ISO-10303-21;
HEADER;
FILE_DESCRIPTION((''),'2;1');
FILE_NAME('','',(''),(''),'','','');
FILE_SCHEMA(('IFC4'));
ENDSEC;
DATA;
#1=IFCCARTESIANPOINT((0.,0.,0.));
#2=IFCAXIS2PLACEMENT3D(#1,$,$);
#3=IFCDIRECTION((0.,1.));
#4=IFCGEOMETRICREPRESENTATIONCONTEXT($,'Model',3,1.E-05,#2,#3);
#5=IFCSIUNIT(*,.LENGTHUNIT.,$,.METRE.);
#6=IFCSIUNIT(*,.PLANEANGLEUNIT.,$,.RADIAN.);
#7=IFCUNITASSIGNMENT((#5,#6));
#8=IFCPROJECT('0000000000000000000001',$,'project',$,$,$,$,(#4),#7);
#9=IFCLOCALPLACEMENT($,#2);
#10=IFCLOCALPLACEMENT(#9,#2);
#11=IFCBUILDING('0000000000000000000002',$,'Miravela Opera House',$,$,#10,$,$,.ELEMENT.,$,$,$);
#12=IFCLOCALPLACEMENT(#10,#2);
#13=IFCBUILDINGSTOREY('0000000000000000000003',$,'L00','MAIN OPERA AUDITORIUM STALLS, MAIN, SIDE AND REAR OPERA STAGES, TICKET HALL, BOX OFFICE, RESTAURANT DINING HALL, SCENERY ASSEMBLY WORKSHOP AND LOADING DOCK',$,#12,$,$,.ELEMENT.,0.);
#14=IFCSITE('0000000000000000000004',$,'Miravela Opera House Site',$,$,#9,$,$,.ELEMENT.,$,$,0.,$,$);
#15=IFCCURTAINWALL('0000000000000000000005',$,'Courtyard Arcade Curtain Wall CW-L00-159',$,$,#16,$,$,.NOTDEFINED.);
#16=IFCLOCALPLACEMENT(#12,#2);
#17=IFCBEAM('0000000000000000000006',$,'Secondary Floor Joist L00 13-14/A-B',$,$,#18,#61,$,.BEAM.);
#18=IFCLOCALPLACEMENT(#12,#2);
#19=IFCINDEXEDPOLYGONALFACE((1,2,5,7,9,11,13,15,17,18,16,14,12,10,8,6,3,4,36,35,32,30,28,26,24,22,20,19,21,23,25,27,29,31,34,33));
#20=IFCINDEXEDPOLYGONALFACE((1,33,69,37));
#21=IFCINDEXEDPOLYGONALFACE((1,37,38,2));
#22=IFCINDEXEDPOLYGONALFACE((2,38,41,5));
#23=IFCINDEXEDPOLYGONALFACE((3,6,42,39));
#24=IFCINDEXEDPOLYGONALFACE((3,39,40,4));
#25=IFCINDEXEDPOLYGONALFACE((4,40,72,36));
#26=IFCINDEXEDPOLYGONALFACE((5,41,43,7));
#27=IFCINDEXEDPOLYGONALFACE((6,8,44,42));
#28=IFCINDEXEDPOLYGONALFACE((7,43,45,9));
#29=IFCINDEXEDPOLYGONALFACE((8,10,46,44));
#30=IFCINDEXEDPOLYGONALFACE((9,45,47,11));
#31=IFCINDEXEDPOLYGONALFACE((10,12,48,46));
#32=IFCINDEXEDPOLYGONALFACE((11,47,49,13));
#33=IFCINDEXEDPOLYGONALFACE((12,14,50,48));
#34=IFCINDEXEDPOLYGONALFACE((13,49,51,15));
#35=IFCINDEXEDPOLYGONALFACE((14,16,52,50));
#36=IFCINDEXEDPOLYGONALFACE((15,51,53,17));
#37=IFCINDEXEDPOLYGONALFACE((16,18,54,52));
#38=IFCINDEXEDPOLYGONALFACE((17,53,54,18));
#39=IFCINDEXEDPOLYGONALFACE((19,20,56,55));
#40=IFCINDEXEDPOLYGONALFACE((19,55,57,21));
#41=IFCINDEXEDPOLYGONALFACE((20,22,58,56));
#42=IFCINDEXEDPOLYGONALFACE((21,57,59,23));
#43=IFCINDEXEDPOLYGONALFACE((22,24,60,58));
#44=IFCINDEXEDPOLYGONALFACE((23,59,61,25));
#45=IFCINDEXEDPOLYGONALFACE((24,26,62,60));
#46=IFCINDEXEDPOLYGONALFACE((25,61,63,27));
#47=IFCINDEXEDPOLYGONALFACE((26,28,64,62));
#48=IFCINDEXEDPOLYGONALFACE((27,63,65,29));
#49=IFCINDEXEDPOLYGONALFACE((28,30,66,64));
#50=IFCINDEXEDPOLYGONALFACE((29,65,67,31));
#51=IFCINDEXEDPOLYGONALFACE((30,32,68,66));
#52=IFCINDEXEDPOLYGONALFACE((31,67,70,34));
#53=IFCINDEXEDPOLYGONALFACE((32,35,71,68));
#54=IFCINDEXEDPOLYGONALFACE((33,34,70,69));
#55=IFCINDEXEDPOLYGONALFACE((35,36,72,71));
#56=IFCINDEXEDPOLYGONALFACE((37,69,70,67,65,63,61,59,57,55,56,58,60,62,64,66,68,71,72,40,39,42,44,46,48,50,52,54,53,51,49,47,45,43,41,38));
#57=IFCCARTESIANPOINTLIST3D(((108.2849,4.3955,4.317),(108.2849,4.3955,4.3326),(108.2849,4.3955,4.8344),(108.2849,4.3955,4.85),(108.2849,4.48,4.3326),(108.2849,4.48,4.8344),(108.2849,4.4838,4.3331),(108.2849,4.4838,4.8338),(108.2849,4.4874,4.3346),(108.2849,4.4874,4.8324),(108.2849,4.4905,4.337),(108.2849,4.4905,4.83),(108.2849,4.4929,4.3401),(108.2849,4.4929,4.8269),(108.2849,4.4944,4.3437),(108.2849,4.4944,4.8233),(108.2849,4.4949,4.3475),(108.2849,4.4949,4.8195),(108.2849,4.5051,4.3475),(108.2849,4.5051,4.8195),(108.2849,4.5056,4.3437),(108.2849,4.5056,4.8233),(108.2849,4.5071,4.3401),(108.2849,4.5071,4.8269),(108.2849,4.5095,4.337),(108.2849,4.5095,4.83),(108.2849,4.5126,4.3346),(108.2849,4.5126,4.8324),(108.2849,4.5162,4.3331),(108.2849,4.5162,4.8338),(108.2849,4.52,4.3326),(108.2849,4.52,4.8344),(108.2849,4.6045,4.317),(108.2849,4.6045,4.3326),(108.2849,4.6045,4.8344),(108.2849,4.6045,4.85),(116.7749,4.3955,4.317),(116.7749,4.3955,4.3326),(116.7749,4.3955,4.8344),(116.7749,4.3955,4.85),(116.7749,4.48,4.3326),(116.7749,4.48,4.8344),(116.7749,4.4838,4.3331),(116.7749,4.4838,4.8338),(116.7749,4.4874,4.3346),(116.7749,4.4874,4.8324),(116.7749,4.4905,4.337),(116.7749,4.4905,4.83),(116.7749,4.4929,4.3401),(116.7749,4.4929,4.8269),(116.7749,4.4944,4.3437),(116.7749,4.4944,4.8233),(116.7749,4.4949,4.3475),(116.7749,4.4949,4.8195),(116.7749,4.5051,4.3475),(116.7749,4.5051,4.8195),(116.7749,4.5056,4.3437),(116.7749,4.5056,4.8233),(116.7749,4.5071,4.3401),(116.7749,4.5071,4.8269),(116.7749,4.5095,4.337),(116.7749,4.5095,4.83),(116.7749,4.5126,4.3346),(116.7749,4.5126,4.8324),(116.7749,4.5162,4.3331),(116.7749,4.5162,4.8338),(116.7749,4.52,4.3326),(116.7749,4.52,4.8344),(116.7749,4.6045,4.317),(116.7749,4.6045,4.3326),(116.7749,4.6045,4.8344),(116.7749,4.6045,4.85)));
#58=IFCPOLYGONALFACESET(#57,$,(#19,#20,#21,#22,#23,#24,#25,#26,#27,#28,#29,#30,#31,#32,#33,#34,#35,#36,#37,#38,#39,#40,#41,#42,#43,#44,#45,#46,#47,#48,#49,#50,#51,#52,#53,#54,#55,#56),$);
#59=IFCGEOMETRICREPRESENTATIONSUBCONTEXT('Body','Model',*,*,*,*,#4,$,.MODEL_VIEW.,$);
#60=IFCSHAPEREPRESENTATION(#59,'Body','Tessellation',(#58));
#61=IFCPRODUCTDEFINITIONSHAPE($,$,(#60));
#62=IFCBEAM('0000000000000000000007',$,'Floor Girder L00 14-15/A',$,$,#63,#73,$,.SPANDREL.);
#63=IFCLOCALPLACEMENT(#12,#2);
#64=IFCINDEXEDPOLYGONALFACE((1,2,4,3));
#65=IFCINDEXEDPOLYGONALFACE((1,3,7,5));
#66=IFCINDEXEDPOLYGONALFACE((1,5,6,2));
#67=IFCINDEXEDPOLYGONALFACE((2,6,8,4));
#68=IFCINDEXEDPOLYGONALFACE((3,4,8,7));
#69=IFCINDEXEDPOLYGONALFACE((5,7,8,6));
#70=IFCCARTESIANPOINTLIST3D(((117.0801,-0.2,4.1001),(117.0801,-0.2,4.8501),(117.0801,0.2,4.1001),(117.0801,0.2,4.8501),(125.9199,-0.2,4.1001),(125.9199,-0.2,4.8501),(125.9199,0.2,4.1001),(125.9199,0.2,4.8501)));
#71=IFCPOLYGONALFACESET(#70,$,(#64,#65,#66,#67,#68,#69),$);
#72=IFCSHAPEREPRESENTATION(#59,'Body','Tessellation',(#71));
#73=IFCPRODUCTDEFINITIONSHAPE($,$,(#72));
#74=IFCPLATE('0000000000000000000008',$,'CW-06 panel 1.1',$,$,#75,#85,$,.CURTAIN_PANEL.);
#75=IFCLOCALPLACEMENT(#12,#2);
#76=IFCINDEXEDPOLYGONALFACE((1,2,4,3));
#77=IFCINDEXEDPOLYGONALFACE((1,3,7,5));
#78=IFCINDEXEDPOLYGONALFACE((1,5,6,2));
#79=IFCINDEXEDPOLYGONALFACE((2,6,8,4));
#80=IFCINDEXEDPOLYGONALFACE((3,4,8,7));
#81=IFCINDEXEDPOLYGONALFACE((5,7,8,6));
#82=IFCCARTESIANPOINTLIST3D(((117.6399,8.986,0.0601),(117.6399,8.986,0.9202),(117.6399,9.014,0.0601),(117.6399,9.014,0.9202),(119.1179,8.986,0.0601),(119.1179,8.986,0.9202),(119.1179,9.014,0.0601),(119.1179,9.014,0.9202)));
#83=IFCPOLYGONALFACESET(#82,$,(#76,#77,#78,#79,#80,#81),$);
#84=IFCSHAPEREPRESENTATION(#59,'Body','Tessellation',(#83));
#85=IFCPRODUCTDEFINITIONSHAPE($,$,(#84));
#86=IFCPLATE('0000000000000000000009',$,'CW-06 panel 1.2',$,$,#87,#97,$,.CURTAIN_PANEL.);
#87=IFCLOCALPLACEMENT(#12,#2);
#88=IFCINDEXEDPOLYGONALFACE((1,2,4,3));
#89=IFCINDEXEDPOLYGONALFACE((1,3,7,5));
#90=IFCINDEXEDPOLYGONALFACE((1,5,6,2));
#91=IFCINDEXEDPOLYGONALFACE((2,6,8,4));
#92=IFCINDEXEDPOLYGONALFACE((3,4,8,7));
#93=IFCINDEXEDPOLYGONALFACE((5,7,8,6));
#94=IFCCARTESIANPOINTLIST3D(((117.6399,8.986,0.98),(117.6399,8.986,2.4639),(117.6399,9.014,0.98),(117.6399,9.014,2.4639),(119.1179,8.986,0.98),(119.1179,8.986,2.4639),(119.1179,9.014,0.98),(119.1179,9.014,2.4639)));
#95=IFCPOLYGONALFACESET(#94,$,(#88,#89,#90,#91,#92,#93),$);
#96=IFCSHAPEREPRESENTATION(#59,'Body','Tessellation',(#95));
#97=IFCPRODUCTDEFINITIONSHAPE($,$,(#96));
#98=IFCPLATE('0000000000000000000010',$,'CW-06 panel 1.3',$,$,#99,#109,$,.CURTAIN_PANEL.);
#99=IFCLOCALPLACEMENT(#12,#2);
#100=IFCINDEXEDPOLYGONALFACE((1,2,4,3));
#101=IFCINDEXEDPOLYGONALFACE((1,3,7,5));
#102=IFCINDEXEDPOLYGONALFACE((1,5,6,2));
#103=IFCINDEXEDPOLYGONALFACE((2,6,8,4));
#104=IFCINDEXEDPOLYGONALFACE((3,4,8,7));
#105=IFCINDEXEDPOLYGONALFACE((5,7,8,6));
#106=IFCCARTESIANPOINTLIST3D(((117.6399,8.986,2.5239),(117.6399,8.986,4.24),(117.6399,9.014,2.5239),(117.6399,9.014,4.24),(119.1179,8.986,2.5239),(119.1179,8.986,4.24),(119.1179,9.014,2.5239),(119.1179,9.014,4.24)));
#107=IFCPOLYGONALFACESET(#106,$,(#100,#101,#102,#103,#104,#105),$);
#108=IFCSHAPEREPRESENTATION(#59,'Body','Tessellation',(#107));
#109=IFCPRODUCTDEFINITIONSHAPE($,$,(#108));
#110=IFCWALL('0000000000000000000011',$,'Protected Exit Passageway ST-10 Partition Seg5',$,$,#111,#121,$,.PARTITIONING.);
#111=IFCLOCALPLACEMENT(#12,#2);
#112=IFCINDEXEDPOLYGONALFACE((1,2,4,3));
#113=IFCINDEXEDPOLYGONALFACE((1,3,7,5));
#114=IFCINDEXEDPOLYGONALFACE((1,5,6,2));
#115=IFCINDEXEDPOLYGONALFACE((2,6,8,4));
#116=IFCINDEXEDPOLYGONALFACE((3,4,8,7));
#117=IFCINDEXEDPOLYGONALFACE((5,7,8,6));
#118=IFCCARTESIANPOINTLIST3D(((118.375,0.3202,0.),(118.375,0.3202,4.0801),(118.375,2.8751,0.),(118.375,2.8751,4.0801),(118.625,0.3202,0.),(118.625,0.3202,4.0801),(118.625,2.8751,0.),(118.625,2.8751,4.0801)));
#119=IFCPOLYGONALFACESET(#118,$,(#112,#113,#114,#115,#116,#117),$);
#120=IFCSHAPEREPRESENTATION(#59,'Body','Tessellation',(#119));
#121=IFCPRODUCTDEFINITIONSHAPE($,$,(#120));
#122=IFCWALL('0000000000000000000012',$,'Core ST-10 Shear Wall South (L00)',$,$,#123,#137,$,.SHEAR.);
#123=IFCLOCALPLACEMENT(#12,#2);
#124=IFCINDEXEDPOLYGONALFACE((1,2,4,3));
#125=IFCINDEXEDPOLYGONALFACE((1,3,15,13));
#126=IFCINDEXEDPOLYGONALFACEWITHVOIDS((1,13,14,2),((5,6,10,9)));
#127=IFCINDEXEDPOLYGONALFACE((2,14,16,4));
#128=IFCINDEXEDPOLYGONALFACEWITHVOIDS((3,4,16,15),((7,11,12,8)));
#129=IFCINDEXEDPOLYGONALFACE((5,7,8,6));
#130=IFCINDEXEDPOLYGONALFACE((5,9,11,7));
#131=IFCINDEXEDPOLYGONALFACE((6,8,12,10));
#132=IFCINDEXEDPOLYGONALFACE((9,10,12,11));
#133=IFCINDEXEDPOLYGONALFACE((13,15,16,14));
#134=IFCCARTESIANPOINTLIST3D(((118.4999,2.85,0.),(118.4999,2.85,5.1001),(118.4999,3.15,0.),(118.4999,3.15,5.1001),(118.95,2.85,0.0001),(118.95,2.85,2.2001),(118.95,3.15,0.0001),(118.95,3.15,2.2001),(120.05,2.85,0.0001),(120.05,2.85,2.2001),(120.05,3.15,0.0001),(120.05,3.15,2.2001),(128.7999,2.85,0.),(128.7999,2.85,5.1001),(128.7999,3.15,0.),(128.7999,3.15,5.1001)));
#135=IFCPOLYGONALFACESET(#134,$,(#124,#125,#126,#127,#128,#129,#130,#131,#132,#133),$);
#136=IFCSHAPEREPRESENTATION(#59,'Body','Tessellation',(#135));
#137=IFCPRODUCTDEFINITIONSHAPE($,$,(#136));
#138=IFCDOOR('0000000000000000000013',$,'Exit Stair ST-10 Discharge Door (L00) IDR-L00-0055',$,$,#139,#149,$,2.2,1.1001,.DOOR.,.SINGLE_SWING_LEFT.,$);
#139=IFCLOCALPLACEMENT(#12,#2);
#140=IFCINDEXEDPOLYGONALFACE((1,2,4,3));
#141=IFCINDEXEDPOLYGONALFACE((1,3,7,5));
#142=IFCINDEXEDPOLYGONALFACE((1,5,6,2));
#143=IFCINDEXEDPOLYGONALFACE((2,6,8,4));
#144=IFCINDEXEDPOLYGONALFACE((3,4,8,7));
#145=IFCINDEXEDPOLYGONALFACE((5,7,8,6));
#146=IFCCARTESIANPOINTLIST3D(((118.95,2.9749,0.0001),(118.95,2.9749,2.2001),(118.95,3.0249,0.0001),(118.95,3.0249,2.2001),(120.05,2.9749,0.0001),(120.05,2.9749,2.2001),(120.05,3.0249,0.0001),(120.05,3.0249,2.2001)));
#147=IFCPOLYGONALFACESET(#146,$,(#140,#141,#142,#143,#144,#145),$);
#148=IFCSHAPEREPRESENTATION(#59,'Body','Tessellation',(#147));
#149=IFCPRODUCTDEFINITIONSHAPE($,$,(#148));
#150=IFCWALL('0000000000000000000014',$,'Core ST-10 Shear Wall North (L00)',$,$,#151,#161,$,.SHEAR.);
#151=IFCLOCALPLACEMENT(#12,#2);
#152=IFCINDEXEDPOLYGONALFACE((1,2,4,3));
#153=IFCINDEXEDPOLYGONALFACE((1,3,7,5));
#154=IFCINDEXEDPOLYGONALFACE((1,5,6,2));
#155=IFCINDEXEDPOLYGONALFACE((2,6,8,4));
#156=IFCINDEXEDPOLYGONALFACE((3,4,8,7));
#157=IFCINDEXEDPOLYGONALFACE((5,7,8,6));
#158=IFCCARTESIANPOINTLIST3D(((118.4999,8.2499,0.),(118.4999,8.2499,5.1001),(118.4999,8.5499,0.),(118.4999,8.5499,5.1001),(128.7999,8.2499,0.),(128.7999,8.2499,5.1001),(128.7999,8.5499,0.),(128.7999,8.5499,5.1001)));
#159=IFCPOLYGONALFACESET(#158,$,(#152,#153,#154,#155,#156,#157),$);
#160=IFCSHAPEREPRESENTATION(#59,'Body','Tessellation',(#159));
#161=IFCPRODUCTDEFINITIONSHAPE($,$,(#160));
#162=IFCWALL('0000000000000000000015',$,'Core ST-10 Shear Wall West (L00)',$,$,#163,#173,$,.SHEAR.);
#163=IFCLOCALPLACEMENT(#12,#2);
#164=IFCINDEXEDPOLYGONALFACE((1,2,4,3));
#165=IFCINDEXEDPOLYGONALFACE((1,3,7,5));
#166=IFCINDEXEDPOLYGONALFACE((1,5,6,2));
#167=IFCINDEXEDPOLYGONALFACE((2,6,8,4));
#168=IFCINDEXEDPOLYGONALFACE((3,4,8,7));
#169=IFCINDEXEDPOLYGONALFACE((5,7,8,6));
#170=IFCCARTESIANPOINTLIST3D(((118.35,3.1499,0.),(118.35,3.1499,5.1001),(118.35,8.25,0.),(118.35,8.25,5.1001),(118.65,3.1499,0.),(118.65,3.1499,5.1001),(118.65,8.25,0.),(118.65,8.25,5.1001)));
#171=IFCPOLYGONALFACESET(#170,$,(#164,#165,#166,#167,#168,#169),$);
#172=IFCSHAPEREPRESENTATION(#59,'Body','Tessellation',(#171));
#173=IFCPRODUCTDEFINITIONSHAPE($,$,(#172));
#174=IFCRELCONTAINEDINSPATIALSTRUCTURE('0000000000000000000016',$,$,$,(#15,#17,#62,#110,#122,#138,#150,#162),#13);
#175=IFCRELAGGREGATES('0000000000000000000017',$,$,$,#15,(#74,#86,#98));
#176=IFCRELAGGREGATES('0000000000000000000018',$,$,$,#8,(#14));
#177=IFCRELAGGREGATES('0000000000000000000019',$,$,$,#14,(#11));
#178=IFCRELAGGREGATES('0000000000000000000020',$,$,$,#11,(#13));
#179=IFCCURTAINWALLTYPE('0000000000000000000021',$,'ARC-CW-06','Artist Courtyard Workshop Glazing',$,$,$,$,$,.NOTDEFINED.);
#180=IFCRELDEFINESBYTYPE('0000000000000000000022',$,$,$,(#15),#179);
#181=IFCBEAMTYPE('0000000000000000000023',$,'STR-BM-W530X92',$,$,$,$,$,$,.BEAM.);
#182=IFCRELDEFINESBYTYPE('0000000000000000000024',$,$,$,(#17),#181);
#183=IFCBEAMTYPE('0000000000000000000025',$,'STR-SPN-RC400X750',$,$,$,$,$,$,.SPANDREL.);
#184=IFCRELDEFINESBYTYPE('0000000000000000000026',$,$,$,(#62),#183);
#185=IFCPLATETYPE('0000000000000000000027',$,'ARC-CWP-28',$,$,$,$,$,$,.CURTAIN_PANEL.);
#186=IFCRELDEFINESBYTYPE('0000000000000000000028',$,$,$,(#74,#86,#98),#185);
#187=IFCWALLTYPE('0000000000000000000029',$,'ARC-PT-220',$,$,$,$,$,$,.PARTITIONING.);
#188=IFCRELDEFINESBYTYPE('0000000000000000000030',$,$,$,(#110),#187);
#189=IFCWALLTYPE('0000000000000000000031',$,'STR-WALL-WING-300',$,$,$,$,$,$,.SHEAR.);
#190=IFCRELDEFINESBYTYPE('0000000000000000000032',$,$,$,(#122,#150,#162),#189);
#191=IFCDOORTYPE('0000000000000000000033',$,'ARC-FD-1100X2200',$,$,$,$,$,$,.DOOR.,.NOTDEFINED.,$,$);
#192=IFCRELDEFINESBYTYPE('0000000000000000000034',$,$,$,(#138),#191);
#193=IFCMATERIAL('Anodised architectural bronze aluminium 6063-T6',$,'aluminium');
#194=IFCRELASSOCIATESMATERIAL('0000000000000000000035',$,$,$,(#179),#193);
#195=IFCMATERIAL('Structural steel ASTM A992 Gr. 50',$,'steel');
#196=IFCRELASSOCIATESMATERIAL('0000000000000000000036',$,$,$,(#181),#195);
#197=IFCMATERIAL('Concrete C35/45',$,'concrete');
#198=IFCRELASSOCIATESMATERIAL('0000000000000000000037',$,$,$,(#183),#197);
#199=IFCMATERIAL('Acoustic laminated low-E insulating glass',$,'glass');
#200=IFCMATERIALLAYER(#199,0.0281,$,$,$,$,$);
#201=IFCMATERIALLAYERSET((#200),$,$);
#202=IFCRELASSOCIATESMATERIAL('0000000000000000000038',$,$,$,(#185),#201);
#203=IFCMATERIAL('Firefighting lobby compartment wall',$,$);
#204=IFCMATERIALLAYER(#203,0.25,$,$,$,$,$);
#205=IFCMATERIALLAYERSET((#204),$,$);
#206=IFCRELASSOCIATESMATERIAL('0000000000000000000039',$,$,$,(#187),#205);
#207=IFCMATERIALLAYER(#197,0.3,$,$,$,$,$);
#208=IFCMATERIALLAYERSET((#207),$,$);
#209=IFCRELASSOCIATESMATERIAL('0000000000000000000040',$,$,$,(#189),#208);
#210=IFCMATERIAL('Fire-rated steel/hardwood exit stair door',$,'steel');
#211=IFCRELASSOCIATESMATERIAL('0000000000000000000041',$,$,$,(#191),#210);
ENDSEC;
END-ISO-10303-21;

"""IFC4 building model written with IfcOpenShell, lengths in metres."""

from ifc_helpers import new_model, si_unit, direction, frame, frame_2d, origin, origin_2d, place, context, subcontext, project, spatial, rectangle, i_section, extrude, material, layer, layer_set, material_profile, profile_set, type_object, element, fill, aggregate, save


model = new_model("IFC4")

# Units and contexts
model_context = context("Model", 3, precision=1e-05, world=origin(), true_north=direction((0.0, 1.0)))
body_context = subcontext(model_context, "Body", "Model", "MODEL_VIEW")
ifc_project = project(units=[si_unit("LENGTHUNIT", "METRE"), si_unit("PLANEANGLEUNIT", "RADIAN")], contexts=[model_context])

# Site, building, storey
site_placement = place(None, origin())
site = spatial("IfcSite", under=ifc_project, at=site_placement, Name="Miravela Opera House Site", CompositionType="ELEMENT", RefElevation=0.0)
building_placement = place(site_placement, origin())
building = spatial("IfcBuilding", under=site, at=building_placement, Name="Miravela Opera House", CompositionType="ELEMENT")
storey_placement = place(building_placement, origin())
storey = spatial("IfcBuildingStorey", under=building, at=storey_placement, Name="L00", Description="MAIN OPERA AUDITORIUM STALLS, MAIN, SIDE AND REAR OPERA STAGES, TICKET HALL, BOX OFFICE, RESTAURANT DINING HALL, SCENERY ASSEMBLY WORKSHOP AND LOADING DOCK", CompositionType="ELEMENT", Elevation=0.0)

# Shared definitions
ifc_material_1 = material(Name="Concrete C35/45", Category="concrete")

# Curtain wall
ifc_material_2 = material(Name="Anodised architectural bronze aluminium 6063-T6", Category="aluminium")
curtain_wall_type = type_object("IfcCurtainWallType", Name="ARC-CW-06", Description="Artist Courtyard Workshop Glazing", PredefinedType="NOTDEFINED", material=ifc_material_2)
curtain_wall_placement = place(storey_placement, origin())
curtain_wall = element("IfcCurtainWall", 1, at=curtain_wall_placement, inside=storey, type_object=curtain_wall_type, Name="Courtyard Arcade Curtain Wall CW-L00-159", PredefinedType="NOTDEFINED")

# Beams
ifc_material_3 = material(Name="Structural steel ASTM A992 Gr. 50", Category="steel")
ifc_material_profile_1 = material_profile(ifc_material_3, i_section(OverallWidth=0.209, OverallDepth=0.533, WebThickness=0.0103, FlangeThickness=0.0156, FilletRadius=0.0149, at=origin_2d()), Name="W530X92")
ifc_profile_set_1 = profile_set([ifc_material_profile_1])
beam_type_1 = type_object("IfcBeamType", Name="STR-BM-W530X92", PredefinedType="BEAM", material=ifc_profile_set_1)
beam_1_placement = place(storey_placement, frame((108.2849, 4.5, 4.5835), z_axis=(1.0, 0.0, 0.0), x_axis=(0.0, 1.0, 0.0)))
element("IfcBeam", 2, at=beam_1_placement, inside=storey, type_object=beam_type_1, Name="Secondary Floor Joist L00 13-14/A-B", PredefinedType="BEAM", context=body_context, shape_type="SweptSolid", body=[
    extrude(i_section(OverallWidth=0.209, OverallDepth=0.533, WebThickness=0.0103, FlangeThickness=0.0156, FilletRadius=0.0149, at=origin_2d()), origin(), (0.0, 0.0, 1.0), 8.49),
])
ifc_material_profile_2 = material_profile(ifc_material_1, rectangle(XDim=0.3999, YDim=0.75, at=origin_2d()), Name="RC-SPN-400X750")
ifc_profile_set_2 = profile_set([ifc_material_profile_2])
beam_type_2 = type_object("IfcBeamType", Name="STR-SPN-RC400X750", PredefinedType="SPANDREL", material=ifc_profile_set_2)
beam_2_placement = place(storey_placement, frame((117.0801, 0.0, 4.4751), z_axis=(1.0, 0.0, 0.0), x_axis=(0.0, 1.0, 0.0)))
element("IfcBeam", 3, at=beam_2_placement, inside=storey, type_object=beam_type_2, Name="Floor Girder L00 14-15/A", PredefinedType="SPANDREL", context=body_context, shape_type="SweptSolid", body=[
    extrude(rectangle(XDim=0.3999, YDim=0.75, at=origin_2d()), origin(), (0.0, 0.0, 1.0), 8.8398),
])

# Plates
ifc_material_4 = material(Name="Acoustic laminated low-E insulating glass", Category="glass")
ifc_layer_1 = layer(ifc_material_4, 0.0281)
ifc_layer_set_1 = layer_set([ifc_layer_1])
plate_type = type_object("IfcPlateType", Name="ARC-CWP-28", PredefinedType="CURTAIN_PANEL", material=ifc_layer_set_1)
plate_1_placement = place(storey_placement, frame((118.3789, 9.0, 0.0601), z_axis=(0.0, 0.0, 1.0), x_axis=(1.0, 0.0, 0.0)))
plate_1 = element("IfcPlate", 4, at=plate_1_placement, type_object=plate_type, Name="CW-06 panel 1.1", PredefinedType="CURTAIN_PANEL", context=body_context, shape_type="SweptSolid", body=[
    extrude(rectangle(XDim=1.478, YDim=0.0281, at=origin_2d()), origin(), (0.0, 0.0, 1.0), 0.8601),
])
plate_2_placement = place(storey_placement, frame((118.3789, 9.0, 0.98), z_axis=(0.0, 0.0, 1.0), x_axis=(1.0, 0.0, 0.0)))
plate_2 = element("IfcPlate", 5, at=plate_2_placement, type_object=plate_type, Name="CW-06 panel 1.2", PredefinedType="CURTAIN_PANEL", context=body_context, shape_type="SweptSolid", body=[
    extrude(rectangle(XDim=1.478, YDim=0.0281, at=origin_2d()), origin(), (0.0, 0.0, 1.0), 1.4839),
])
plate_3_placement = place(storey_placement, frame((118.3789, 9.0, 2.5239), z_axis=(0.0, 0.0, 1.0), x_axis=(1.0, 0.0, 0.0)))
plate_3 = element("IfcPlate", 6, at=plate_3_placement, type_object=plate_type, Name="CW-06 panel 1.3", PredefinedType="CURTAIN_PANEL", context=body_context, shape_type="SweptSolid", body=[
    extrude(rectangle(XDim=1.478, YDim=0.0281, at=origin_2d()), origin(), (0.0, 0.0, 1.0), 1.7161),
])
aggregate(curtain_wall, [plate_1, plate_2, plate_3])

# Wall
ifc_material_5 = material(Name="Firefighting lobby compartment wall")
ifc_layer_2 = layer(ifc_material_5, 0.25)
ifc_layer_set_2 = layer_set([ifc_layer_2])
wall_type_1 = type_object("IfcWallType", Name="ARC-PT-220", PredefinedType="PARTITIONING", material=ifc_layer_set_2)
wall_1_placement = place(storey_placement, frame((118.5, 2.875, 0.0), z_axis=(0.0, 0.0, 1.0), x_axis=(0.0, -1.0, 0.0)))
element("IfcWall", 7, at=wall_1_placement, inside=storey, type_object=wall_type_1, Name="Protected Exit Passageway ST-10 Partition Seg5", PredefinedType="PARTITIONING", context=body_context, shape_type="SweptSolid", body=[
    extrude(rectangle(XDim=2.5549, YDim=0.25, at=frame_2d((1.2773, 0.0))), origin(), (0.0, 0.0, 1.0), 4.0801),
])

# Wall, opening, door
ifc_layer_3 = layer(ifc_material_1, 0.3)
ifc_layer_set_3 = layer_set([ifc_layer_3])
wall_type_2 = type_object("IfcWallType", Name="STR-WALL-WING-300", PredefinedType="SHEAR", material=ifc_layer_set_3)
wall_2_placement = place(storey_placement, frame((118.5, 3.0, 0.0), z_axis=(0.0, 0.0, 1.0), x_axis=(1.0, 0.0, 0.0)))
wall_2 = element("IfcWall", 8, at=wall_2_placement, inside=storey, type_object=wall_type_2, Name="Core ST-10 Shear Wall South (L00)", PredefinedType="SHEAR", context=body_context, shape_type="SweptSolid", body=[
    extrude(rectangle(XDim=10.3, YDim=0.3, at=frame_2d((5.1499, 0.0))), origin(), (0.0, 0.0, 1.0), 5.1001),
])
opening_placement = place(wall_2_placement, frame((0.45, 0.0, 0.0)))
opening = element("IfcOpeningElement", 9, at=opening_placement, cuts=wall_2, PredefinedType="OPENING", context=body_context, shape_type="SweptSolid", body=[
    extrude(rectangle(XDim=1.1001, YDim=2.2, at=frame_2d((0.55, 1.1001))), frame((0.0, 0.1599, 0.0), z_axis=(0.0, -1.0, 0.0), x_axis=(1.0, 0.0, 0.0)), (0.0, 0.0, 1.0), 0.3201),
])
ifc_material_6 = material(Name="Fire-rated steel/hardwood exit stair door", Category="steel")
door_type = type_object("IfcDoorType", Name="ARC-FD-1100X2200", OperationType="NOTDEFINED", PredefinedType="DOOR", material=ifc_material_6)
door_placement = place(opening_placement, origin())
door = element("IfcDoor", 10, at=door_placement, inside=storey, type_object=door_type, Name="Exit Stair ST-10 Discharge Door (L00) IDR-L00-0055", OperationType="SINGLE_SWING_LEFT", OverallHeight=2.2, OverallWidth=1.1001, PredefinedType="DOOR", context=body_context, shape_type="SweptSolid", body=[
    extrude(rectangle(XDim=1.1001, YDim=2.2, at=frame_2d((0.55, 1.1001))), frame((0.0, 0.0249, 0.0), z_axis=(0.0, -1.0, 0.0), x_axis=(1.0, 0.0, 0.0)), (0.0, 0.0, 1.0), 0.05),
])
fill(opening, door)

# Walls
wall_3_placement = place(storey_placement, frame((118.5, 8.3999, 0.0), z_axis=(0.0, 0.0, 1.0), x_axis=(1.0, 0.0, 0.0)))
element("IfcWall", 11, at=wall_3_placement, inside=storey, type_object=wall_type_2, Name="Core ST-10 Shear Wall North (L00)", PredefinedType="SHEAR", context=body_context, shape_type="SweptSolid", body=[
    extrude(rectangle(XDim=10.3, YDim=0.3, at=frame_2d((5.1499, 0.0))), origin(), (0.0, 0.0, 1.0), 5.1001),
])
wall_4_placement = place(storey_placement, frame((118.5, 3.1499, 0.0), z_axis=(0.0, 0.0, 1.0), x_axis=(0.0, 1.0, 0.0)))
element("IfcWall", 12, at=wall_4_placement, inside=storey, type_object=wall_type_2, Name="Core ST-10 Shear Wall West (L00)", PredefinedType="SHEAR", context=body_context, shape_type="SweptSolid", body=[
    extrude(rectangle(XDim=5.1001, YDim=0.3, at=frame_2d((2.55, 0.0))), origin(), (0.0, 0.0, 1.0), 5.1001),
])

save(model, "model.ifc")
